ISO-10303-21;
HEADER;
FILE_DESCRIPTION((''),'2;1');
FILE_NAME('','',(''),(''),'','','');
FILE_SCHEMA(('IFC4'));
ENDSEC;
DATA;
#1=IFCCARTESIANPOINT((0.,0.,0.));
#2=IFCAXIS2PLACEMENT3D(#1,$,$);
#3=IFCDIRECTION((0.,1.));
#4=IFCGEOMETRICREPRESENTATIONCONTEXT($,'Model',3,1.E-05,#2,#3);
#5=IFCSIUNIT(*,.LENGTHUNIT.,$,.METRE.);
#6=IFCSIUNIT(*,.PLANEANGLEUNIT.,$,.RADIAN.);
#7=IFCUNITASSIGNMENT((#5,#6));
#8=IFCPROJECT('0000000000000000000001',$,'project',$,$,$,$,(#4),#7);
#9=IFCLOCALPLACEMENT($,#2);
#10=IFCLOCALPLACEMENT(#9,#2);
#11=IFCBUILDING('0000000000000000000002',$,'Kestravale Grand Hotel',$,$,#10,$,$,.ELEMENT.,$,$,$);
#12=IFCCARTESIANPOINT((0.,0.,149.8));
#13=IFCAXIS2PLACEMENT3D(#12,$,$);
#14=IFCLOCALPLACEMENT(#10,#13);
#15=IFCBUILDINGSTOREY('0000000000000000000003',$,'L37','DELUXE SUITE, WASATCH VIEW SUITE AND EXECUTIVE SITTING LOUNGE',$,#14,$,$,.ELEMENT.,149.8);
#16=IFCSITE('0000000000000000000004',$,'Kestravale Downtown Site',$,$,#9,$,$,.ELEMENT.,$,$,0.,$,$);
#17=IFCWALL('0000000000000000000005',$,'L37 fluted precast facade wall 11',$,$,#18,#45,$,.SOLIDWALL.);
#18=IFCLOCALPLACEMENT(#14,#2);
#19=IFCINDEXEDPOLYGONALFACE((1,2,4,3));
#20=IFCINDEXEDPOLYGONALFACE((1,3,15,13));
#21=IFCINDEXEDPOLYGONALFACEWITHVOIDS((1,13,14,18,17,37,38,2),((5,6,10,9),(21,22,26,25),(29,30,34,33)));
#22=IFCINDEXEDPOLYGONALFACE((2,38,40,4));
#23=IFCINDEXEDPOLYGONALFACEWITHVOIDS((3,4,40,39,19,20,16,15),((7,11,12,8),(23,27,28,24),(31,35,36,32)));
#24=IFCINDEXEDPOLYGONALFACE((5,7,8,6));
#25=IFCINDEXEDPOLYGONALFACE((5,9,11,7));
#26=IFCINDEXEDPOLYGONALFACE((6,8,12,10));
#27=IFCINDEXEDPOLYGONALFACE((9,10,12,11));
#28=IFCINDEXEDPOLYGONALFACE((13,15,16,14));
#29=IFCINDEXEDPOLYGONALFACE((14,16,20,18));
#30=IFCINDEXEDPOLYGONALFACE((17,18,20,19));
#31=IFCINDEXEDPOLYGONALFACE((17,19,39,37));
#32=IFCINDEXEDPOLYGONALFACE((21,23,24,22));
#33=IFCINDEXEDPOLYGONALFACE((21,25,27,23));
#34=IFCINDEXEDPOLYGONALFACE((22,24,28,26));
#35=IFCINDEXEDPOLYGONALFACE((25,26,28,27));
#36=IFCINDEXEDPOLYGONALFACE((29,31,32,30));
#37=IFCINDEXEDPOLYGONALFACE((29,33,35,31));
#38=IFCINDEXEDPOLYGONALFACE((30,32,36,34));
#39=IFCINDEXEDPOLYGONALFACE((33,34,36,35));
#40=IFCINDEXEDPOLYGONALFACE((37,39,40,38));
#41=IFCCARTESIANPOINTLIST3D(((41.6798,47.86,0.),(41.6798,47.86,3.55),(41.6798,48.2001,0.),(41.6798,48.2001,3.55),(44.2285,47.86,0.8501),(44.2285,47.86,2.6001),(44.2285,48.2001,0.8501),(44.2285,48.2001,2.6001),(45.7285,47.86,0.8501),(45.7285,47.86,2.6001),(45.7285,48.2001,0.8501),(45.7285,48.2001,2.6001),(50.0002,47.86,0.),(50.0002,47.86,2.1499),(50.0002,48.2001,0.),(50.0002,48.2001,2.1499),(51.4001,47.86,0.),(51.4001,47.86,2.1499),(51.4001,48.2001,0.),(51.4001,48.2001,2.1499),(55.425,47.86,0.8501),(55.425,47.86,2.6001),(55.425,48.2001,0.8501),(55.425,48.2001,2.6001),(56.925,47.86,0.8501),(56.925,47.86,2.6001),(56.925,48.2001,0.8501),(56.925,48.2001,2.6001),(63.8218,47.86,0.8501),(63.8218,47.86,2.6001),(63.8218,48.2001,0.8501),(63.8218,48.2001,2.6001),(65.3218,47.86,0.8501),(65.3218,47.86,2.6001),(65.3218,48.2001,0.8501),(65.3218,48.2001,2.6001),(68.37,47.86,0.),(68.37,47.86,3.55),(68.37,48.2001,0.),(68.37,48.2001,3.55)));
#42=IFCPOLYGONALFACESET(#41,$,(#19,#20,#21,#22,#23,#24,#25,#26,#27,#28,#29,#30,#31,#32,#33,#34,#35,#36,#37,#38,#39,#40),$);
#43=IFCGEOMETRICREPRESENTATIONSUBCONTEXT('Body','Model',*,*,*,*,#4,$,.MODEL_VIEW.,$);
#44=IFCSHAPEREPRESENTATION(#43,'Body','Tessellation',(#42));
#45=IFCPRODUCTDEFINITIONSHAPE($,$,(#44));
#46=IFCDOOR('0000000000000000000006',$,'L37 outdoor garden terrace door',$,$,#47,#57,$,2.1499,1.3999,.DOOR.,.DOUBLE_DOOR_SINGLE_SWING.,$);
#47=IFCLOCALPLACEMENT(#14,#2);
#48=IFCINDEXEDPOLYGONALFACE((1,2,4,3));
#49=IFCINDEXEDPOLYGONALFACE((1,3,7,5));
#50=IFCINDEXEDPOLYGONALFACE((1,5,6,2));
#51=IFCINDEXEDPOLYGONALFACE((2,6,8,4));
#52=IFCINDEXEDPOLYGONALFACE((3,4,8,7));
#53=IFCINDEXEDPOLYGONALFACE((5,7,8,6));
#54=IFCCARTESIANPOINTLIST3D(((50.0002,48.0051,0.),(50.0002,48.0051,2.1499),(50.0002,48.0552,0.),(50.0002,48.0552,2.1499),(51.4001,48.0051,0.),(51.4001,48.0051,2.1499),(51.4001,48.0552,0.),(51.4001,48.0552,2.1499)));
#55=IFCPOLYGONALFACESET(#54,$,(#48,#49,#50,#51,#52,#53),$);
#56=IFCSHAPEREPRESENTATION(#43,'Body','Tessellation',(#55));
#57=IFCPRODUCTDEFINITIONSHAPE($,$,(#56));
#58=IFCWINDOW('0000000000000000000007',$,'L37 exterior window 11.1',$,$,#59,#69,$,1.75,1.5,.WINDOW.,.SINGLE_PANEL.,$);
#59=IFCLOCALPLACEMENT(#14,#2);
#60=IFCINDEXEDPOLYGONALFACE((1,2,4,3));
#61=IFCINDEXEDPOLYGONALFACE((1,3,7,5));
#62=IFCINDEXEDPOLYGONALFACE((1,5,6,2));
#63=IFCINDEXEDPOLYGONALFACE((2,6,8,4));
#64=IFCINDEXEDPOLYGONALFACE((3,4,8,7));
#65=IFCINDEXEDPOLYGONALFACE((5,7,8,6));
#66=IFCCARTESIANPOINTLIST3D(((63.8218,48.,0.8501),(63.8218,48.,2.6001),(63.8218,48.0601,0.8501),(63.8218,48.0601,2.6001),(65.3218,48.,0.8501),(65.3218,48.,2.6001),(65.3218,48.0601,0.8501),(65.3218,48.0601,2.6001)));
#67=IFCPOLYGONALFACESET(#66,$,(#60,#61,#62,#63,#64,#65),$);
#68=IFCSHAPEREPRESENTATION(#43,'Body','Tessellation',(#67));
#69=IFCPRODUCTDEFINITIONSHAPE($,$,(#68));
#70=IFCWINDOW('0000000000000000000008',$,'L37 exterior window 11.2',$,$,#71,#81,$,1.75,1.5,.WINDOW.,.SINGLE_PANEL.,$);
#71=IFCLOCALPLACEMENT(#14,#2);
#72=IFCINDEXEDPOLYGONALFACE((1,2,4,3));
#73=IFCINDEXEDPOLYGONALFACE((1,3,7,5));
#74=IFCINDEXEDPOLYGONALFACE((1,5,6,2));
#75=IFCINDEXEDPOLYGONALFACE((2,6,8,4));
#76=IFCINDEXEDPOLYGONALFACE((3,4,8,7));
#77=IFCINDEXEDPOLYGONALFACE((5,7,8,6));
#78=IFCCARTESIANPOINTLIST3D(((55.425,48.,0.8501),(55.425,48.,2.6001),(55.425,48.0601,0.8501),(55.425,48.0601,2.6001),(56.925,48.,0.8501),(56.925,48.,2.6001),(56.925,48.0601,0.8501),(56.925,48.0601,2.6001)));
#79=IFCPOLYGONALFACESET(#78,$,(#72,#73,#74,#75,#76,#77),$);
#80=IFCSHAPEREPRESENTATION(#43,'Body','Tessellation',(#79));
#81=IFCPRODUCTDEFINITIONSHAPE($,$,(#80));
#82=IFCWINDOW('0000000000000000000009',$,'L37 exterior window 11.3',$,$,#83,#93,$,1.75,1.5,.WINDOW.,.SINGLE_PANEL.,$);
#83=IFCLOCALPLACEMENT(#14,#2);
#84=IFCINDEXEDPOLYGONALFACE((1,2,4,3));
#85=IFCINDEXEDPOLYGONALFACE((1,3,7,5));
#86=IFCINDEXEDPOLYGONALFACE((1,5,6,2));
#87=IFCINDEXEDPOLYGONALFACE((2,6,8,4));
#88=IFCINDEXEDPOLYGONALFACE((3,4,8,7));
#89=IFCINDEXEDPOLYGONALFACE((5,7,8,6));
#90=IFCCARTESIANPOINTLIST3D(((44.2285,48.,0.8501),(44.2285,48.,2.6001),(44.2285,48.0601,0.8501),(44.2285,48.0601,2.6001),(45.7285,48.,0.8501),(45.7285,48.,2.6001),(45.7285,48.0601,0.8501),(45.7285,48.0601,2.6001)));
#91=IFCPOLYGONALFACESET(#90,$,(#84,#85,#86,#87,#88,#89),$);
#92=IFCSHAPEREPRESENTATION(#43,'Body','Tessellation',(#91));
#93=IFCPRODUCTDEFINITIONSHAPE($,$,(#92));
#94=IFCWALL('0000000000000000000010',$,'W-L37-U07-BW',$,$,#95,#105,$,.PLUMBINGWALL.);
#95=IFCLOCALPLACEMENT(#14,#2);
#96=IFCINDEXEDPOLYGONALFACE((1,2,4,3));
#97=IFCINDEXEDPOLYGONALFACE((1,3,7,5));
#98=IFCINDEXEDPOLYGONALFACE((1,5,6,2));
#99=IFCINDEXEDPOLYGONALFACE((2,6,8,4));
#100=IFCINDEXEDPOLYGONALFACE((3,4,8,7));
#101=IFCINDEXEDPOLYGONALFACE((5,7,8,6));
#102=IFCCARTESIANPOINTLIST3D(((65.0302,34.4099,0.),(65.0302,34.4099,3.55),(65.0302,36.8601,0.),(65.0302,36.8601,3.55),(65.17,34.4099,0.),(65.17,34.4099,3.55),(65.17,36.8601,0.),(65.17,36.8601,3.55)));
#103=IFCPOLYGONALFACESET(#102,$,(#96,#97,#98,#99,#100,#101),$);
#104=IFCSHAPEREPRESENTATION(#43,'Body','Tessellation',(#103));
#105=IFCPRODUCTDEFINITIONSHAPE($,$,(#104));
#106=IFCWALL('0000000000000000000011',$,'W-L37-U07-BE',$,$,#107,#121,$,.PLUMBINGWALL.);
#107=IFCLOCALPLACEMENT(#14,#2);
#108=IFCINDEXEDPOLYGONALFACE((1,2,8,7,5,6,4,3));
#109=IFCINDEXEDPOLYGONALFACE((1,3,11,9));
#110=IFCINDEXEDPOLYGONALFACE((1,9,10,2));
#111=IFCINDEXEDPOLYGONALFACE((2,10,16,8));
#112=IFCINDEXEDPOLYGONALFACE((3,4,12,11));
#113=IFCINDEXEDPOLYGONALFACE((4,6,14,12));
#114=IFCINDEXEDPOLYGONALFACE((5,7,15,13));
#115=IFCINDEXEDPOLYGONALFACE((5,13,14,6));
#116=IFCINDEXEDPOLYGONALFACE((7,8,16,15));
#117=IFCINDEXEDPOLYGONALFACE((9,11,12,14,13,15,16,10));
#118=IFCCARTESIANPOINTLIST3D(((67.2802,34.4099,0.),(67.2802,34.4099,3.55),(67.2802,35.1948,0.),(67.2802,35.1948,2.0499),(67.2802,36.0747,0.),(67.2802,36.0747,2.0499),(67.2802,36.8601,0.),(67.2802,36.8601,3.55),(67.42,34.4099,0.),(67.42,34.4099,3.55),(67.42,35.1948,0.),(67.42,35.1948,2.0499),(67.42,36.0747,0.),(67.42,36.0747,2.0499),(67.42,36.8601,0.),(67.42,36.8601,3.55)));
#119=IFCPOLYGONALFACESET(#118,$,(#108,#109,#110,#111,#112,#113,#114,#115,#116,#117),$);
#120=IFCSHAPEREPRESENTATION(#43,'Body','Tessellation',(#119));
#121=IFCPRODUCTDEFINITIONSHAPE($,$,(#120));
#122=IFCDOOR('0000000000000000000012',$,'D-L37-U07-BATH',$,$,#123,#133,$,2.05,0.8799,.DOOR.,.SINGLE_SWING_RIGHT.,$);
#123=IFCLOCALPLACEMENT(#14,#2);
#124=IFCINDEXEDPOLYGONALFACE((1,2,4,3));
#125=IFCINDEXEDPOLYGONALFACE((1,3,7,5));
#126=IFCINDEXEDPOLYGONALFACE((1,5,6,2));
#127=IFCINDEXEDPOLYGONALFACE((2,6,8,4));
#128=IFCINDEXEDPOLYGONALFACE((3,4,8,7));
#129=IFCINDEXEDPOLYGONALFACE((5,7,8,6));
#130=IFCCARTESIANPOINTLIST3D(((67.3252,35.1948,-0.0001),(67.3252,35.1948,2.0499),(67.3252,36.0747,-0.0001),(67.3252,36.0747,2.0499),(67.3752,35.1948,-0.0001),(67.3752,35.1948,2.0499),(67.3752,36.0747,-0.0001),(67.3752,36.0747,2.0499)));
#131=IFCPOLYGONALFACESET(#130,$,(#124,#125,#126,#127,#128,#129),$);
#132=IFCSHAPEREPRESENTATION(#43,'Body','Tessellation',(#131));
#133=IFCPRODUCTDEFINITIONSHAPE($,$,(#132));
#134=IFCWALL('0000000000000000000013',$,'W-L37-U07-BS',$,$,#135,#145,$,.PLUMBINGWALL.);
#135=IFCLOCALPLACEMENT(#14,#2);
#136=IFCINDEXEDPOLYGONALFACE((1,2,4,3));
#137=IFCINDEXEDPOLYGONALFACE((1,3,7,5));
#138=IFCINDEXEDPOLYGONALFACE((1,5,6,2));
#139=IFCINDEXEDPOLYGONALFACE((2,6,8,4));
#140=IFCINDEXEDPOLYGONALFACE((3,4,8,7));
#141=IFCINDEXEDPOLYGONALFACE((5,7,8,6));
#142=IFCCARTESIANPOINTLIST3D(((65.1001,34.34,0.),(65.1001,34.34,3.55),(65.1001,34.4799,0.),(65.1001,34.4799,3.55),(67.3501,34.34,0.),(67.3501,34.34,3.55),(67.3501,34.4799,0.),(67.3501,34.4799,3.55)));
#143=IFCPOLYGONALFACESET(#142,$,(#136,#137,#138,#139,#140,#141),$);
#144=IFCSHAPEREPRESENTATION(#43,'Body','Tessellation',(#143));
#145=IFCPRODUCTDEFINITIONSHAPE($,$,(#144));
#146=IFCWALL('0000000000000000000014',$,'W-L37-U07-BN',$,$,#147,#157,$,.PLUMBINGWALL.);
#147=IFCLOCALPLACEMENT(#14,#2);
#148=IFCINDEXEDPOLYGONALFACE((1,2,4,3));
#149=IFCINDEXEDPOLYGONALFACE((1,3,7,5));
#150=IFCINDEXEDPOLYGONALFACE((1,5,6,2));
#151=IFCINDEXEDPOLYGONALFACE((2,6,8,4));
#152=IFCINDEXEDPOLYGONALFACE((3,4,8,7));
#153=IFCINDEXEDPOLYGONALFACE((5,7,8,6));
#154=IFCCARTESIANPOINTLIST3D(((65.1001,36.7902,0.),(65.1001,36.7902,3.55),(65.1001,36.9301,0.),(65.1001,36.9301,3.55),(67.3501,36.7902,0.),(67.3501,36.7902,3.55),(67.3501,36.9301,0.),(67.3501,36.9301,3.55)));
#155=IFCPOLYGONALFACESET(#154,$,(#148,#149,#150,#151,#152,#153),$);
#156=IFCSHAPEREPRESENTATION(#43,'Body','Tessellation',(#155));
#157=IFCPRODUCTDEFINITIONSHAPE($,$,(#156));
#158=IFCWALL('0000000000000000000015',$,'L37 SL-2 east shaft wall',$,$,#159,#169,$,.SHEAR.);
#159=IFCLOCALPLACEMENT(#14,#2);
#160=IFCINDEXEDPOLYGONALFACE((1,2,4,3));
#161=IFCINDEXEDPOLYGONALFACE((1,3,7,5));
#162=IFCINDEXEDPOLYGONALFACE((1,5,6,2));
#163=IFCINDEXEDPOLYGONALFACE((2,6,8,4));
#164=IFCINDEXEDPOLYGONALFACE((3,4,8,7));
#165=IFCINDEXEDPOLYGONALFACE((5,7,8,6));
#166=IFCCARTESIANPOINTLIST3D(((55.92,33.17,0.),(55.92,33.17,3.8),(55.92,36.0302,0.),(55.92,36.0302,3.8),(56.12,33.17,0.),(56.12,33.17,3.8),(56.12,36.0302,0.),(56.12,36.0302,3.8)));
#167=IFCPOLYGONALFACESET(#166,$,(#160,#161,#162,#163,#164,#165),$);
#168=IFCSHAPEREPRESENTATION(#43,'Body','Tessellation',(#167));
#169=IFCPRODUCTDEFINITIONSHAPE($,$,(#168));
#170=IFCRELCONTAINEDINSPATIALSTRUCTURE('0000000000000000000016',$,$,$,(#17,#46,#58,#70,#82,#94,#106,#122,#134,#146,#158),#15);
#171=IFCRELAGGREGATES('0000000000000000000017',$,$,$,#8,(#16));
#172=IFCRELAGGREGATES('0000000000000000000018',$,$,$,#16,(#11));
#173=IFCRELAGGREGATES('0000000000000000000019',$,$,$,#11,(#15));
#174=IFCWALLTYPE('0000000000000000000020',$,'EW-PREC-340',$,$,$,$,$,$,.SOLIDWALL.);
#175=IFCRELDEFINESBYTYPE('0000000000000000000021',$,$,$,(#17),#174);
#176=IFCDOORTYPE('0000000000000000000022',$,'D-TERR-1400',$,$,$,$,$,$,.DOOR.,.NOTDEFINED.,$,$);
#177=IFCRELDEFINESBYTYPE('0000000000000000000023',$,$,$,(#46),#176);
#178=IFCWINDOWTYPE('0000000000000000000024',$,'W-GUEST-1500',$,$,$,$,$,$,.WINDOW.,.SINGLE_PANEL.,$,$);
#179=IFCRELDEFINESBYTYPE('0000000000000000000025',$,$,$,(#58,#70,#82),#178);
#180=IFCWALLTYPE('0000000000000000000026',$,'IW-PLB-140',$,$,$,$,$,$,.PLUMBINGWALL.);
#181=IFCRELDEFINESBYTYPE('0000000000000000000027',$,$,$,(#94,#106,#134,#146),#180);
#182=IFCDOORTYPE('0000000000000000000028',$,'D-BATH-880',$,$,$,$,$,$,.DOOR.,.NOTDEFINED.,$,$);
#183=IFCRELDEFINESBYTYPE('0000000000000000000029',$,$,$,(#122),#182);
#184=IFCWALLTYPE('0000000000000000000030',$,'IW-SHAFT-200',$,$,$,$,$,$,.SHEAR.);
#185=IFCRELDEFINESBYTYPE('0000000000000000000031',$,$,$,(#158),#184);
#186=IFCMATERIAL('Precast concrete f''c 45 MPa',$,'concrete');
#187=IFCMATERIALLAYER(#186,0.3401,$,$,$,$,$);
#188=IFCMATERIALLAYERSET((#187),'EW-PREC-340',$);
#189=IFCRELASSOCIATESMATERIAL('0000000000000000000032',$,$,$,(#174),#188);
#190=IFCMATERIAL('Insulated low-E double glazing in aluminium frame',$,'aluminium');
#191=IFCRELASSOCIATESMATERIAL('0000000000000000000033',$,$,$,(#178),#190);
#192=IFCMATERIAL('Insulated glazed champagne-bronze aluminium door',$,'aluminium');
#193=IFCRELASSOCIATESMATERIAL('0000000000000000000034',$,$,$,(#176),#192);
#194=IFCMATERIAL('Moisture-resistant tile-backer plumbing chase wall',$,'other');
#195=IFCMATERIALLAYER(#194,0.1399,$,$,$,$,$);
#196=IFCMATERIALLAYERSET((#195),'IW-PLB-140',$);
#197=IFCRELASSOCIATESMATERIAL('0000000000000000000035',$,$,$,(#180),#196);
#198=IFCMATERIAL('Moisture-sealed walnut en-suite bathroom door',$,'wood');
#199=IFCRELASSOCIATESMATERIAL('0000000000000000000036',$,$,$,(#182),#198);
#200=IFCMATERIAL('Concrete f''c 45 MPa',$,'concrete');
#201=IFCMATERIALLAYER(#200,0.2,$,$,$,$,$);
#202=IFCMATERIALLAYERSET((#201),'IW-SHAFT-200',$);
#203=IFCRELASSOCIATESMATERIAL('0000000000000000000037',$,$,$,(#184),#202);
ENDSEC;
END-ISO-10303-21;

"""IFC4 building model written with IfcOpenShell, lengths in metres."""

from ifc_helpers import new_model, si_unit, direction, frame, frame_2d, origin, place, context, subcontext, project, spatial, rectangle, extrude, material, layer, layer_set, type_object, element, fill, save


model = new_model("IFC4")

# Units and contexts
model_context = context("Model", 3, precision=1e-05, world=origin(), true_north=direction((0.0, 1.0)))
body_context = subcontext(model_context, "Body", "Model", "MODEL_VIEW")
ifc_project = project(units=[si_unit("LENGTHUNIT", "METRE"), si_unit("PLANEANGLEUNIT", "RADIAN")], contexts=[model_context])

# Site, building, storey
site_placement = place(None, origin())
site = spatial("IfcSite", under=ifc_project, at=site_placement, Name="Kestravale Downtown Site", CompositionType="ELEMENT", RefElevation=0.0)
building_placement = place(site_placement, origin())
building = spatial("IfcBuilding", under=site, at=building_placement, Name="Kestravale Grand Hotel", CompositionType="ELEMENT")
storey_placement = place(building_placement, frame((0.0, 0.0, 149.8)))
storey = spatial("IfcBuildingStorey", under=building, at=storey_placement, Name="L37", Description="DELUXE SUITE, WASATCH VIEW SUITE AND EXECUTIVE SITTING LOUNGE", CompositionType="ELEMENT", Elevation=149.8)

# Shared definitions
ifc_material_1 = material(Name="Precast concrete f'c 45 MPa", Category="concrete")
ifc_layer_1 = layer(ifc_material_1, 0.3401)
ifc_layer_set_1 = layer_set([ifc_layer_1], Name="EW-PREC-340")
wall_type_1 = type_object("IfcWallType", Name="EW-PREC-340", PredefinedType="SOLIDWALL", material=ifc_layer_set_1)
ifc_material_2 = material(Name="Insulated low-E double glazing in aluminium frame", Category="aluminium")
window_type = type_object("IfcWindowType", Name="W-GUEST-1500", PartitioningType="SINGLE_PANEL", PredefinedType="WINDOW", material=ifc_material_2)

# Wall, openings, door, windows
wall_1_placement = place(storey_placement, frame((68.3701, 48.03, 0.0), z_axis=(0.0, 0.0, 1.0), x_axis=(-1.0, 0.0, 0.0)))
wall_1 = element("IfcWall", 1, at=wall_1_placement, inside=storey, type_object=wall_type_1, Name="L37 fluted precast facade wall 11", PredefinedType="SOLIDWALL", context=body_context, shape_type="SweptSolid", body=[
    extrude(rectangle(XDim=26.6902, YDim=0.3401, at=frame_2d((13.3452, 0.0))), origin(), (0.0, 0.0, 1.0), 3.55),
])
opening_1_placement = place(wall_1_placement, frame((16.97, 0.0, 0.0)))
opening_1 = element("IfcOpeningElement", 2, at=opening_1_placement, cuts=wall_1, PredefinedType="OPENING", context=body_context, shape_type="SweptSolid", body=[
    extrude(rectangle(XDim=1.3999, YDim=2.1499, at=frame_2d((0.7, 1.075))), frame((0.0, 0.1799, 0.0), z_axis=(0.0, -1.0, 0.0), x_axis=(1.0, 0.0, 0.0)), (0.0, 0.0, 1.0), 0.3601),
])
opening_2_placement = place(wall_1_placement, frame((3.0483, 0.0, 0.8501)))
opening_2 = element("IfcOpeningElement", 3, at=opening_2_placement, cuts=wall_1, PredefinedType="OPENING", context=body_context, shape_type="SweptSolid", body=[
    extrude(rectangle(XDim=1.5, YDim=1.75, at=frame_2d((0.75, 0.875))), frame((0.0, 0.1799, 0.0), z_axis=(0.0, -1.0, 0.0), x_axis=(1.0, 0.0, 0.0)), (0.0, 0.0, 1.0), 0.3601),
])
opening_3_placement = place(wall_1_placement, frame((11.4451, 0.0, 0.8501)))
opening_3 = element("IfcOpeningElement", 4, at=opening_3_placement, cuts=wall_1, PredefinedType="OPENING", context=body_context, shape_type="SweptSolid", body=[
    extrude(rectangle(XDim=1.5, YDim=1.75, at=frame_2d((0.75, 0.875))), frame((0.0, 0.1799, 0.0), z_axis=(0.0, -1.0, 0.0), x_axis=(1.0, 0.0, 0.0)), (0.0, 0.0, 1.0), 0.3601),
])
opening_4_placement = place(wall_1_placement, frame((22.6416, 0.0, 0.8501)))
opening_4 = element("IfcOpeningElement", 5, at=opening_4_placement, cuts=wall_1, PredefinedType="OPENING", context=body_context, shape_type="SweptSolid", body=[
    extrude(rectangle(XDim=1.5, YDim=1.75, at=frame_2d((0.75, 0.875))), frame((0.0, 0.1799, 0.0), z_axis=(0.0, -1.0, 0.0), x_axis=(1.0, 0.0, 0.0)), (0.0, 0.0, 1.0), 0.3601),
])
ifc_material_3 = material(Name="Insulated glazed champagne-bronze aluminium door", Category="aluminium")
door_type_1 = type_object("IfcDoorType", Name="D-TERR-1400", OperationType="NOTDEFINED", PredefinedType="DOOR", material=ifc_material_3)
door_1_placement = place(opening_1_placement, origin())
door_1 = element("IfcDoor", 6, at=door_1_placement, inside=storey, type_object=door_type_1, Name="L37 outdoor garden terrace door", OperationType="DOUBLE_DOOR_SINGLE_SWING", OverallHeight=2.1499, OverallWidth=1.3999, PredefinedType="DOOR", context=body_context, shape_type="SweptSolid", body=[
    extrude(rectangle(XDim=1.3999, YDim=2.1499, at=frame_2d((0.7, 1.075))), frame((0.0, 0.0249, 0.0), z_axis=(0.0, -1.0, 0.0), x_axis=(1.0, 0.0, 0.0)), (0.0, 0.0, 1.0), 0.05),
])
fill(opening_1, door_1)
window_1_placement = place(opening_2_placement, origin())
window_1 = element("IfcWindow", 7, at=window_1_placement, inside=storey, type_object=window_type, Name="L37 exterior window 11.1", OverallHeight=1.75, OverallWidth=1.5, PartitioningType="SINGLE_PANEL", PredefinedType="WINDOW", context=body_context, shape_type="SweptSolid", body=[
    extrude(rectangle(XDim=1.5, YDim=1.75, at=frame_2d((0.75, 0.875))), frame((0.0, 0.03, 0.0), z_axis=(0.0, -1.0, 0.0), x_axis=(1.0, 0.0, 0.0)), (0.0, 0.0, 1.0), 0.0601),
])
fill(opening_2, window_1)
window_2_placement = place(opening_3_placement, origin())
window_2 = element("IfcWindow", 8, at=window_2_placement, inside=storey, type_object=window_type, Name="L37 exterior window 11.2", OverallHeight=1.75, OverallWidth=1.5, PartitioningType="SINGLE_PANEL", PredefinedType="WINDOW", context=body_context, shape_type="SweptSolid", body=[
    extrude(rectangle(XDim=1.5, YDim=1.75, at=frame_2d((0.75, 0.875))), frame((0.0, 0.03, 0.0), z_axis=(0.0, -1.0, 0.0), x_axis=(1.0, 0.0, 0.0)), (0.0, 0.0, 1.0), 0.0601),
])
fill(opening_3, window_2)
window_3_placement = place(opening_4_placement, origin())
window_3 = element("IfcWindow", 9, at=window_3_placement, inside=storey, type_object=window_type, Name="L37 exterior window 11.3", OverallHeight=1.75, OverallWidth=1.5, PartitioningType="SINGLE_PANEL", PredefinedType="WINDOW", context=body_context, shape_type="SweptSolid", body=[
    extrude(rectangle(XDim=1.5, YDim=1.75, at=frame_2d((0.75, 0.875))), frame((0.0, 0.03, 0.0), z_axis=(0.0, -1.0, 0.0), x_axis=(1.0, 0.0, 0.0)), (0.0, 0.0, 1.0), 0.0601),
])
fill(opening_4, window_3)

# Wall
ifc_material_4 = material(Name="Moisture-resistant tile-backer plumbing chase wall", Category="other")
ifc_layer_2 = layer(ifc_material_4, 0.1399)
ifc_layer_set_2 = layer_set([ifc_layer_2], Name="IW-PLB-140")
wall_type_2 = type_object("IfcWallType", Name="IW-PLB-140", PredefinedType="PLUMBINGWALL", material=ifc_layer_set_2)
wall_2_placement = place(storey_placement, frame((65.1001, 34.4099, 0.0), z_axis=(0.0, 0.0, 1.0), x_axis=(0.0, 1.0, 0.0)))
element("IfcWall", 10, at=wall_2_placement, inside=storey, type_object=wall_type_2, Name="W-L37-U07-BW", PredefinedType="PLUMBINGWALL", context=body_context, shape_type="SweptSolid", body=[
    extrude(rectangle(XDim=2.4502, YDim=0.1399, at=frame_2d((1.2251, 0.0))), origin(), (0.0, 0.0, 1.0), 3.55),
])

# Wall, opening, door
wall_3_placement = place(storey_placement, frame((67.3501, 34.4099, 0.0), z_axis=(0.0, 0.0, 1.0), x_axis=(0.0, 1.0, 0.0)))
wall_3 = element("IfcWall", 11, at=wall_3_placement, inside=storey, type_object=wall_type_2, Name="W-L37-U07-BE", PredefinedType="PLUMBINGWALL", context=body_context, shape_type="SweptSolid", body=[
    extrude(rectangle(XDim=2.4502, YDim=0.1399, at=frame_2d((1.2251, 0.0))), origin(), (0.0, 0.0, 1.0), 3.55),
])
opening_5_placement = place(wall_3_placement, frame((0.7849, 0.0, 0.0)))
opening_5 = element("IfcOpeningElement", 12, at=opening_5_placement, cuts=wall_3, PredefinedType="OPENING", context=body_context, shape_type="SweptSolid", body=[
    extrude(rectangle(XDim=0.8799, YDim=2.05, at=frame_2d((0.4399, 1.0249))), frame((0.0, 0.0798, 0.0), z_axis=(0.0, -1.0, 0.0), x_axis=(1.0, 0.0, 0.0)), (0.0, 0.0, 1.0), 0.1599),
])
ifc_material_5 = material(Name="Moisture-sealed walnut en-suite bathroom door", Category="wood")
door_type_2 = type_object("IfcDoorType", Name="D-BATH-880", OperationType="NOTDEFINED", PredefinedType="DOOR", material=ifc_material_5)
door_2_placement = place(opening_5_placement, origin())
door_2 = element("IfcDoor", 13, at=door_2_placement, inside=storey, type_object=door_type_2, Name="D-L37-U07-BATH", OperationType="SINGLE_SWING_RIGHT", OverallHeight=2.05, OverallWidth=0.8799, PredefinedType="DOOR", context=body_context, shape_type="SweptSolid", body=[
    extrude(rectangle(XDim=0.8799, YDim=2.05, at=frame_2d((0.4399, 1.0249))), frame((0.0, 0.0249, 0.0), z_axis=(0.0, -1.0, 0.0), x_axis=(1.0, 0.0, 0.0)), (0.0, 0.0, 1.0), 0.05),
])
fill(opening_5, door_2)

# Walls
for number, where, z_axis, x_axis, name in (
    (14, (65.1001, 34.4099, 0.0), (0.0, 0.0, 1.0), (1.0, 0.0, 0.0), "W-L37-U07-BS"),
    (15, (65.1001, 36.8601, 0.0), (0.0, 0.0, 1.0), (1.0, 0.0, 0.0), "W-L37-U07-BN"),
):
    element("IfcWall", number, at=place(storey_placement, frame(where, z_axis=z_axis, x_axis=x_axis)), inside=storey, type_object=wall_type_2, Name=name, PredefinedType="PLUMBINGWALL", context=body_context, shape_type="SweptSolid", body=[
        extrude(rectangle(XDim=2.25, YDim=0.1399, at=frame_2d((1.125, 0.0))), origin(), (0.0, 0.0, 1.0), 3.55),
    ])
ifc_material_6 = material(Name="Concrete f'c 45 MPa", Category="concrete")
ifc_layer_3 = layer(ifc_material_6, 0.2)
ifc_layer_set_3 = layer_set([ifc_layer_3], Name="IW-SHAFT-200")
wall_type_3 = type_object("IfcWallType", Name="IW-SHAFT-200", PredefinedType="SHEAR", material=ifc_layer_set_3)
wall_4_placement = place(storey_placement, frame((56.02, 33.1699, 0.0), z_axis=(0.0, 0.0, 1.0), x_axis=(0.0, 1.0, 0.0)))
element("IfcWall", 16, at=wall_4_placement, inside=storey, type_object=wall_type_3, Name="L37 SL-2 east shaft wall", PredefinedType="SHEAR", context=body_context, shape_type="SweptSolid", body=[
    extrude(rectangle(XDim=2.8601, YDim=0.2, at=frame_2d((1.4302, 0.0))), origin(), (0.0, 0.0, 1.0), 3.8),
])

save(model, "model.ifc")
